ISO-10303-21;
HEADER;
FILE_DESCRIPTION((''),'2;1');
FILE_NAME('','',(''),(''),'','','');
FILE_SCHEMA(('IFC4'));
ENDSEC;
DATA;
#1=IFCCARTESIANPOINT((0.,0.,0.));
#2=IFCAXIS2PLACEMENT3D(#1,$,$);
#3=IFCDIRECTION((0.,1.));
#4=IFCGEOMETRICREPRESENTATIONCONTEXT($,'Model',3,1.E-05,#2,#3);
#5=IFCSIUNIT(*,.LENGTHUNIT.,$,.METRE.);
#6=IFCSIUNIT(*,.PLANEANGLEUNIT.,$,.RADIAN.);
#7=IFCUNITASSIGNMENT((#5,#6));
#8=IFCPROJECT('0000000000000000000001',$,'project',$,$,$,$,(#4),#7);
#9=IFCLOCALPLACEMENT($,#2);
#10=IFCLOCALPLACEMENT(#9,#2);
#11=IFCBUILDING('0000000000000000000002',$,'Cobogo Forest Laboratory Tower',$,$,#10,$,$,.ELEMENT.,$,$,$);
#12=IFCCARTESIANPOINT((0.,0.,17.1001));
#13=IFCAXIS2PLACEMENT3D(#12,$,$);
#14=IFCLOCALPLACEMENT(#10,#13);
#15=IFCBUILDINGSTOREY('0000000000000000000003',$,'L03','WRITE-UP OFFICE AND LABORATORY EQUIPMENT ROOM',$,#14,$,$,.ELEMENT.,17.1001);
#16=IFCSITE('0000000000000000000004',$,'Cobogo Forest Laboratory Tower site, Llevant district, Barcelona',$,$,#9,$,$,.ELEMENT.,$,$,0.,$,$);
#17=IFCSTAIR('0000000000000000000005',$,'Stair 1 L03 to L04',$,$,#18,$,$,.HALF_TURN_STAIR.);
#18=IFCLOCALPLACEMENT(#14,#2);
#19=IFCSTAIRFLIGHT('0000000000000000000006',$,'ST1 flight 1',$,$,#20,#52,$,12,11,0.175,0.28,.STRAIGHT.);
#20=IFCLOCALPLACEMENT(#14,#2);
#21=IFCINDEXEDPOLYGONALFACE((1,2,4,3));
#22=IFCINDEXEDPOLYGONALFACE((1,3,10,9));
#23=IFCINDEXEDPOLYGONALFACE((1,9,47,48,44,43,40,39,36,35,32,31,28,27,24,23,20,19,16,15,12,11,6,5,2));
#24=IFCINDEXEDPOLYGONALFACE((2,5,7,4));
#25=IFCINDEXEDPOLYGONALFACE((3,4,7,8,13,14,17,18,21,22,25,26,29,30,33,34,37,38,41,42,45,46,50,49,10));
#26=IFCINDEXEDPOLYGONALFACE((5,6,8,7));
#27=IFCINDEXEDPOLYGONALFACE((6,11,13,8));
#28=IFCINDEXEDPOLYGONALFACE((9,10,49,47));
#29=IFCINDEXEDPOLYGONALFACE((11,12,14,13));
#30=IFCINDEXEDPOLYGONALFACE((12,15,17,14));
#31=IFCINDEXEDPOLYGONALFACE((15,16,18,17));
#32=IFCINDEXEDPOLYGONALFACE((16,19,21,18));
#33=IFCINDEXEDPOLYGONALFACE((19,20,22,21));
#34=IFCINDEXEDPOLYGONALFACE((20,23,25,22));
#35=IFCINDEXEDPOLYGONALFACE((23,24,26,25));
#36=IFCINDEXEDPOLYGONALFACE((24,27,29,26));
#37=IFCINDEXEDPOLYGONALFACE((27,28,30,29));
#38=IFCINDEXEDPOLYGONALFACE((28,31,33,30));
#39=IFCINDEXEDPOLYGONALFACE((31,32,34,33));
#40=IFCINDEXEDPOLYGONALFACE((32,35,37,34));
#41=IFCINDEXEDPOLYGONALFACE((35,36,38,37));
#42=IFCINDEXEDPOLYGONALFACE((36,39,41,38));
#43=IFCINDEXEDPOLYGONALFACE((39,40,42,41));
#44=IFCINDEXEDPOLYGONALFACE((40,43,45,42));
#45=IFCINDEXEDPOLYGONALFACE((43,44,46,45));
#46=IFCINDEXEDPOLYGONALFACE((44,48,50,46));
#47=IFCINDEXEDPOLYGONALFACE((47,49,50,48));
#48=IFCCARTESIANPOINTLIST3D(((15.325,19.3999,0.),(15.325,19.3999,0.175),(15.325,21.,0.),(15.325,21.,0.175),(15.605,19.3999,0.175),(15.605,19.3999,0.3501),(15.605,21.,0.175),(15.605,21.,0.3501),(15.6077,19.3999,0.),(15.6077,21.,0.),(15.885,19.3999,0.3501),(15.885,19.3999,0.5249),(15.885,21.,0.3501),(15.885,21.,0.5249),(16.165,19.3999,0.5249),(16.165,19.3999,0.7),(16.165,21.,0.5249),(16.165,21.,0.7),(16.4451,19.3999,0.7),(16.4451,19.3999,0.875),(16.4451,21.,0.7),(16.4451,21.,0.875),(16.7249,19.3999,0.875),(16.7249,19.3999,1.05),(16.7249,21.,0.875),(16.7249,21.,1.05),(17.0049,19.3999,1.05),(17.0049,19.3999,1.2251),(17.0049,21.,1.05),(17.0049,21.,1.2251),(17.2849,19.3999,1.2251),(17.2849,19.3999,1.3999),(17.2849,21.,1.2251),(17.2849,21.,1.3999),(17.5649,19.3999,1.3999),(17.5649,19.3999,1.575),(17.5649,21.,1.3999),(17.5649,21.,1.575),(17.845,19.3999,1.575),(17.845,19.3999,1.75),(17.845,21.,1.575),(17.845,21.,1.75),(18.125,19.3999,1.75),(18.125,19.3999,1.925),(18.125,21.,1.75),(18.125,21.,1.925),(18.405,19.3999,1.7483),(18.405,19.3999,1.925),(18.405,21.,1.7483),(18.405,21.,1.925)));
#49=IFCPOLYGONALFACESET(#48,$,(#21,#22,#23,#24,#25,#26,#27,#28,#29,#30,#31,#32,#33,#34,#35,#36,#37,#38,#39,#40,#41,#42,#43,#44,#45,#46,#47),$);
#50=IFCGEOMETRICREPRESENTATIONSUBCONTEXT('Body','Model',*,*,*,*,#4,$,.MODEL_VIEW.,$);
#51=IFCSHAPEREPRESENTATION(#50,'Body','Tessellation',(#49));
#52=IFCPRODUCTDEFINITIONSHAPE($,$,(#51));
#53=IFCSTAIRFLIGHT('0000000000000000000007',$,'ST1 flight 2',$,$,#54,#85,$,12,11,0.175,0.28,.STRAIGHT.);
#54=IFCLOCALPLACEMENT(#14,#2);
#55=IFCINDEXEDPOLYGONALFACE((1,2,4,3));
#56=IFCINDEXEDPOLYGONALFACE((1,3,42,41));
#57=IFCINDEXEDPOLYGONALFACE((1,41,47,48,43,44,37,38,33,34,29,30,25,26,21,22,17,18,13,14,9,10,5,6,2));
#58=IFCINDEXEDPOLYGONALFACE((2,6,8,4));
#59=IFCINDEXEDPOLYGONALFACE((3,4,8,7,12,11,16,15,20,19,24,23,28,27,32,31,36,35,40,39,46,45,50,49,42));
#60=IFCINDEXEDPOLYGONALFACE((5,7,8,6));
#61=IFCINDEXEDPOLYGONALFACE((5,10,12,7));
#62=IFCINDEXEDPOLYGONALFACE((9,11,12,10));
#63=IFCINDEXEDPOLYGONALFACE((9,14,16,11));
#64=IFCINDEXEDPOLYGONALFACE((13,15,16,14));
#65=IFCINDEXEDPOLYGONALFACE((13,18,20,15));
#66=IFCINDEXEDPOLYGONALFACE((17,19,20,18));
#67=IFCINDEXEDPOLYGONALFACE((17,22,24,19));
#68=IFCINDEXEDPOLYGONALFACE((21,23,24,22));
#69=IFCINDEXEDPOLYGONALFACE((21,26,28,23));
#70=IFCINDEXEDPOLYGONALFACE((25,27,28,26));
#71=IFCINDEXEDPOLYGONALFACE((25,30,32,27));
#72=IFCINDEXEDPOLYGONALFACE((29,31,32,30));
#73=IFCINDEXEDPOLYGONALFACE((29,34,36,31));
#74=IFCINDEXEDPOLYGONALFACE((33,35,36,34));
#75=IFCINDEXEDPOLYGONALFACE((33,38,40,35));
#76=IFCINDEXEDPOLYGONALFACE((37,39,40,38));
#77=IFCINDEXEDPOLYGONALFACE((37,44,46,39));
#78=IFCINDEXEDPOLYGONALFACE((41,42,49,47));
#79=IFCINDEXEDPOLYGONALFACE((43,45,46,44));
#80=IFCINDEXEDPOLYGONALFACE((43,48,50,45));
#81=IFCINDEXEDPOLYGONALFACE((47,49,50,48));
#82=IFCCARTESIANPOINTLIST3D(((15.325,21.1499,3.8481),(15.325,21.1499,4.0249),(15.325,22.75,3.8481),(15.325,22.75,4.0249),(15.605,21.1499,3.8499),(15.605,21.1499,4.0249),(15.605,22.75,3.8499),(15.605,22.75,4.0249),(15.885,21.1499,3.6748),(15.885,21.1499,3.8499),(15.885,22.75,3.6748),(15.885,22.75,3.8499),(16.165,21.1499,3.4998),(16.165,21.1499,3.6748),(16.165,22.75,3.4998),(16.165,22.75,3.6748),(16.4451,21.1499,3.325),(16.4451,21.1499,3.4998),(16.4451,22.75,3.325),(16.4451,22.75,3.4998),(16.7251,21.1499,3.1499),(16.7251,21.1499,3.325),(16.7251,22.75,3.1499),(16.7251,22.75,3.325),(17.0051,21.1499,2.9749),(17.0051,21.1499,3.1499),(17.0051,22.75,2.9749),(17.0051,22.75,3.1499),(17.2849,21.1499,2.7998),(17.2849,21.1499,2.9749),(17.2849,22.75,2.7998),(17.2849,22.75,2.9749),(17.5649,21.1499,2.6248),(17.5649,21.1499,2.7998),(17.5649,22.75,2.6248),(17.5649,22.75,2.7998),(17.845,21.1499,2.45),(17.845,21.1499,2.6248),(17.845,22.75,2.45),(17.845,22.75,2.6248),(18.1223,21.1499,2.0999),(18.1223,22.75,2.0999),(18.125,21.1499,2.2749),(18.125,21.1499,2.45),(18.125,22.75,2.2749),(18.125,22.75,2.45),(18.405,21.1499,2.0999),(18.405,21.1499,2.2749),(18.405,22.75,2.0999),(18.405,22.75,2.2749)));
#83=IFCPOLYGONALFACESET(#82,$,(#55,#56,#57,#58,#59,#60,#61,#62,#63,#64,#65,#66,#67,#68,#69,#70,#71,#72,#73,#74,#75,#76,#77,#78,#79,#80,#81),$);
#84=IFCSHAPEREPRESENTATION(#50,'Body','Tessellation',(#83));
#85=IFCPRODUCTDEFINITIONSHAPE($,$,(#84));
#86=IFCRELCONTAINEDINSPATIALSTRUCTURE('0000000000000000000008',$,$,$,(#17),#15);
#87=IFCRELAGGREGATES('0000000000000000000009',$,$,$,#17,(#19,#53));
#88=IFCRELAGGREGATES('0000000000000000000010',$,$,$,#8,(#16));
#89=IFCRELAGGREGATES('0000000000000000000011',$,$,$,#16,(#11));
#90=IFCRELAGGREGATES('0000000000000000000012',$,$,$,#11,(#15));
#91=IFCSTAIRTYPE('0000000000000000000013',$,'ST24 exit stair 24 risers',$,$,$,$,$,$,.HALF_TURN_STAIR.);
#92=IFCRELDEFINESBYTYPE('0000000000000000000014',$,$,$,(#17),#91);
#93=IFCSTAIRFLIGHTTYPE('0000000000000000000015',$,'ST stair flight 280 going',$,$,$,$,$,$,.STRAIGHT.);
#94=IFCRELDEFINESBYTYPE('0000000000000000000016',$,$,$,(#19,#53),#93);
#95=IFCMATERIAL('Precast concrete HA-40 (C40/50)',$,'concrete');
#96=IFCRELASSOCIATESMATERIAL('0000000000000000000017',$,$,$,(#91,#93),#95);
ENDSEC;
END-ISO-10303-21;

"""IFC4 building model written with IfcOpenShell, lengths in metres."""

from ifc_helpers import new_model, si_unit, direction, frame, origin, place, context, subcontext, project, spatial, polyline, outline, extrude, material, type_object, element, aggregate, save


model = new_model("IFC4")

# Units and contexts
model_context = context("Model", 3, precision=1e-05, world=origin(), true_north=direction((0.0, 1.0)))
body_context = subcontext(model_context, "Body", "Model", "MODEL_VIEW")
ifc_project = project(units=[si_unit("LENGTHUNIT", "METRE"), si_unit("PLANEANGLEUNIT", "RADIAN")], contexts=[model_context])

# Site, building, storey
site_placement = place(None, origin())
site = spatial("IfcSite", under=ifc_project, at=site_placement, Name="Cobogo Forest Laboratory Tower site, Llevant district, Barcelona", CompositionType="ELEMENT", RefElevation=0.0)
building_placement = place(site_placement, origin())
building = spatial("IfcBuilding", under=site, at=building_placement, Name="Cobogo Forest Laboratory Tower", CompositionType="ELEMENT")
storey_placement = place(building_placement, frame((0.0, 0.0, 17.1001)))
storey = spatial("IfcBuildingStorey", under=building, at=storey_placement, Name="L03", Description="WRITE-UP OFFICE AND LABORATORY EQUIPMENT ROOM", CompositionType="ELEMENT", Elevation=17.1001)

# Stair, stair flights
ifc_material_1 = material(Name="Precast concrete HA-40 (C40/50)", Category="concrete")
stair_type = type_object("IfcStairType", Name="ST24 exit stair 24 risers", PredefinedType="HALF_TURN_STAIR", material=ifc_material_1)
stair_placement = place(storey_placement, origin())
stair = element("IfcStair", 1, at=stair_placement, inside=storey, type_object=stair_type, Name="Stair 1 L03 to L04", PredefinedType="HALF_TURN_STAIR")
stair_flight_type = type_object("IfcStairFlightType", Name="ST stair flight 280 going", PredefinedType="STRAIGHT", material=ifc_material_1)
stair_flight_1_placement = place(storey_placement, frame((15.325, 20.2, 0.0), z_axis=(0.0, 0.0, 1.0), x_axis=(1.0, 0.0, 0.0)))
stair_flight_1 = element("IfcStairFlight", 2, at=stair_flight_1_placement, type_object=stair_flight_type, Name="ST1 flight 1", NumberOfRisers=12, NumberOfTreads=11, PredefinedType="STRAIGHT", RiserHeight=0.175, TreadLength=0.28, context=body_context, shape_type="SweptSolid", body=[
    extrude(outline(polyline([(0.0, 0.0), (0.0, 0.175), (0.28, 0.175), (0.28, 0.3501), (0.5601, 0.3501), (0.5601, 0.5249), (0.8401, 0.5249), (0.8401, 0.7), (1.1201, 0.7), (1.1201, 0.875), (1.3999, 0.875), (1.3999, 1.05), (1.6799, 1.05), (1.6799, 1.2251), (1.96, 1.2251), (1.96, 1.3999), (2.24, 1.3999), (2.24, 1.575), (2.52, 1.575), (2.52, 1.75), (2.8, 1.75), (2.8, 1.925), (3.0801, 1.925), (3.0801, 2.1001), (3.0801, 1.7483), (0.2827, 0.0), (0.0, 0.0)])), frame((0.0, 0.8, 0.0), z_axis=(0.0, -1.0, 0.0), x_axis=(1.0, 0.0, 0.0)), (0.0, 0.0, 1.0), 1.6001),
])
stair_flight_2_placement = place(storey_placement, frame((18.405, 21.95, 2.0999), z_axis=(0.0, 0.0, 1.0), x_axis=(-1.0, 0.0, 0.0)))
stair_flight_2 = element("IfcStairFlight", 3, at=stair_flight_2_placement, type_object=stair_flight_type, Name="ST1 flight 2", NumberOfRisers=12, NumberOfTreads=11, PredefinedType="STRAIGHT", RiserHeight=0.175, TreadLength=0.28, context=body_context, shape_type="SweptSolid", body=[
    extrude(outline(polyline([(0.0, 0.0), (0.0, 0.175), (0.28, 0.175), (0.28, 0.3501), (0.5601, 0.3501), (0.5601, 0.5249), (0.8401, 0.5249), (0.8401, 0.7), (1.1201, 0.7), (1.1201, 0.875), (1.3999, 0.875), (1.3999, 1.05), (1.6799, 1.05), (1.6799, 1.2251), (1.96, 1.2251), (1.96, 1.3999), (2.24, 1.3999), (2.24, 1.575), (2.52, 1.575), (2.52, 1.75), (2.8, 1.75), (2.8, 1.925), (3.0801, 1.925), (3.0801, 2.1001), (3.0801, 1.7483), (0.2827, 0.0), (0.0, 0.0)])), frame((0.0, 0.8, 0.0), z_axis=(0.0, -1.0, 0.0), x_axis=(1.0, 0.0, 0.0)), (0.0, 0.0, 1.0), 1.6001),
])
aggregate(stair, [stair_flight_1, stair_flight_2])

save(model, "model.ifc")
